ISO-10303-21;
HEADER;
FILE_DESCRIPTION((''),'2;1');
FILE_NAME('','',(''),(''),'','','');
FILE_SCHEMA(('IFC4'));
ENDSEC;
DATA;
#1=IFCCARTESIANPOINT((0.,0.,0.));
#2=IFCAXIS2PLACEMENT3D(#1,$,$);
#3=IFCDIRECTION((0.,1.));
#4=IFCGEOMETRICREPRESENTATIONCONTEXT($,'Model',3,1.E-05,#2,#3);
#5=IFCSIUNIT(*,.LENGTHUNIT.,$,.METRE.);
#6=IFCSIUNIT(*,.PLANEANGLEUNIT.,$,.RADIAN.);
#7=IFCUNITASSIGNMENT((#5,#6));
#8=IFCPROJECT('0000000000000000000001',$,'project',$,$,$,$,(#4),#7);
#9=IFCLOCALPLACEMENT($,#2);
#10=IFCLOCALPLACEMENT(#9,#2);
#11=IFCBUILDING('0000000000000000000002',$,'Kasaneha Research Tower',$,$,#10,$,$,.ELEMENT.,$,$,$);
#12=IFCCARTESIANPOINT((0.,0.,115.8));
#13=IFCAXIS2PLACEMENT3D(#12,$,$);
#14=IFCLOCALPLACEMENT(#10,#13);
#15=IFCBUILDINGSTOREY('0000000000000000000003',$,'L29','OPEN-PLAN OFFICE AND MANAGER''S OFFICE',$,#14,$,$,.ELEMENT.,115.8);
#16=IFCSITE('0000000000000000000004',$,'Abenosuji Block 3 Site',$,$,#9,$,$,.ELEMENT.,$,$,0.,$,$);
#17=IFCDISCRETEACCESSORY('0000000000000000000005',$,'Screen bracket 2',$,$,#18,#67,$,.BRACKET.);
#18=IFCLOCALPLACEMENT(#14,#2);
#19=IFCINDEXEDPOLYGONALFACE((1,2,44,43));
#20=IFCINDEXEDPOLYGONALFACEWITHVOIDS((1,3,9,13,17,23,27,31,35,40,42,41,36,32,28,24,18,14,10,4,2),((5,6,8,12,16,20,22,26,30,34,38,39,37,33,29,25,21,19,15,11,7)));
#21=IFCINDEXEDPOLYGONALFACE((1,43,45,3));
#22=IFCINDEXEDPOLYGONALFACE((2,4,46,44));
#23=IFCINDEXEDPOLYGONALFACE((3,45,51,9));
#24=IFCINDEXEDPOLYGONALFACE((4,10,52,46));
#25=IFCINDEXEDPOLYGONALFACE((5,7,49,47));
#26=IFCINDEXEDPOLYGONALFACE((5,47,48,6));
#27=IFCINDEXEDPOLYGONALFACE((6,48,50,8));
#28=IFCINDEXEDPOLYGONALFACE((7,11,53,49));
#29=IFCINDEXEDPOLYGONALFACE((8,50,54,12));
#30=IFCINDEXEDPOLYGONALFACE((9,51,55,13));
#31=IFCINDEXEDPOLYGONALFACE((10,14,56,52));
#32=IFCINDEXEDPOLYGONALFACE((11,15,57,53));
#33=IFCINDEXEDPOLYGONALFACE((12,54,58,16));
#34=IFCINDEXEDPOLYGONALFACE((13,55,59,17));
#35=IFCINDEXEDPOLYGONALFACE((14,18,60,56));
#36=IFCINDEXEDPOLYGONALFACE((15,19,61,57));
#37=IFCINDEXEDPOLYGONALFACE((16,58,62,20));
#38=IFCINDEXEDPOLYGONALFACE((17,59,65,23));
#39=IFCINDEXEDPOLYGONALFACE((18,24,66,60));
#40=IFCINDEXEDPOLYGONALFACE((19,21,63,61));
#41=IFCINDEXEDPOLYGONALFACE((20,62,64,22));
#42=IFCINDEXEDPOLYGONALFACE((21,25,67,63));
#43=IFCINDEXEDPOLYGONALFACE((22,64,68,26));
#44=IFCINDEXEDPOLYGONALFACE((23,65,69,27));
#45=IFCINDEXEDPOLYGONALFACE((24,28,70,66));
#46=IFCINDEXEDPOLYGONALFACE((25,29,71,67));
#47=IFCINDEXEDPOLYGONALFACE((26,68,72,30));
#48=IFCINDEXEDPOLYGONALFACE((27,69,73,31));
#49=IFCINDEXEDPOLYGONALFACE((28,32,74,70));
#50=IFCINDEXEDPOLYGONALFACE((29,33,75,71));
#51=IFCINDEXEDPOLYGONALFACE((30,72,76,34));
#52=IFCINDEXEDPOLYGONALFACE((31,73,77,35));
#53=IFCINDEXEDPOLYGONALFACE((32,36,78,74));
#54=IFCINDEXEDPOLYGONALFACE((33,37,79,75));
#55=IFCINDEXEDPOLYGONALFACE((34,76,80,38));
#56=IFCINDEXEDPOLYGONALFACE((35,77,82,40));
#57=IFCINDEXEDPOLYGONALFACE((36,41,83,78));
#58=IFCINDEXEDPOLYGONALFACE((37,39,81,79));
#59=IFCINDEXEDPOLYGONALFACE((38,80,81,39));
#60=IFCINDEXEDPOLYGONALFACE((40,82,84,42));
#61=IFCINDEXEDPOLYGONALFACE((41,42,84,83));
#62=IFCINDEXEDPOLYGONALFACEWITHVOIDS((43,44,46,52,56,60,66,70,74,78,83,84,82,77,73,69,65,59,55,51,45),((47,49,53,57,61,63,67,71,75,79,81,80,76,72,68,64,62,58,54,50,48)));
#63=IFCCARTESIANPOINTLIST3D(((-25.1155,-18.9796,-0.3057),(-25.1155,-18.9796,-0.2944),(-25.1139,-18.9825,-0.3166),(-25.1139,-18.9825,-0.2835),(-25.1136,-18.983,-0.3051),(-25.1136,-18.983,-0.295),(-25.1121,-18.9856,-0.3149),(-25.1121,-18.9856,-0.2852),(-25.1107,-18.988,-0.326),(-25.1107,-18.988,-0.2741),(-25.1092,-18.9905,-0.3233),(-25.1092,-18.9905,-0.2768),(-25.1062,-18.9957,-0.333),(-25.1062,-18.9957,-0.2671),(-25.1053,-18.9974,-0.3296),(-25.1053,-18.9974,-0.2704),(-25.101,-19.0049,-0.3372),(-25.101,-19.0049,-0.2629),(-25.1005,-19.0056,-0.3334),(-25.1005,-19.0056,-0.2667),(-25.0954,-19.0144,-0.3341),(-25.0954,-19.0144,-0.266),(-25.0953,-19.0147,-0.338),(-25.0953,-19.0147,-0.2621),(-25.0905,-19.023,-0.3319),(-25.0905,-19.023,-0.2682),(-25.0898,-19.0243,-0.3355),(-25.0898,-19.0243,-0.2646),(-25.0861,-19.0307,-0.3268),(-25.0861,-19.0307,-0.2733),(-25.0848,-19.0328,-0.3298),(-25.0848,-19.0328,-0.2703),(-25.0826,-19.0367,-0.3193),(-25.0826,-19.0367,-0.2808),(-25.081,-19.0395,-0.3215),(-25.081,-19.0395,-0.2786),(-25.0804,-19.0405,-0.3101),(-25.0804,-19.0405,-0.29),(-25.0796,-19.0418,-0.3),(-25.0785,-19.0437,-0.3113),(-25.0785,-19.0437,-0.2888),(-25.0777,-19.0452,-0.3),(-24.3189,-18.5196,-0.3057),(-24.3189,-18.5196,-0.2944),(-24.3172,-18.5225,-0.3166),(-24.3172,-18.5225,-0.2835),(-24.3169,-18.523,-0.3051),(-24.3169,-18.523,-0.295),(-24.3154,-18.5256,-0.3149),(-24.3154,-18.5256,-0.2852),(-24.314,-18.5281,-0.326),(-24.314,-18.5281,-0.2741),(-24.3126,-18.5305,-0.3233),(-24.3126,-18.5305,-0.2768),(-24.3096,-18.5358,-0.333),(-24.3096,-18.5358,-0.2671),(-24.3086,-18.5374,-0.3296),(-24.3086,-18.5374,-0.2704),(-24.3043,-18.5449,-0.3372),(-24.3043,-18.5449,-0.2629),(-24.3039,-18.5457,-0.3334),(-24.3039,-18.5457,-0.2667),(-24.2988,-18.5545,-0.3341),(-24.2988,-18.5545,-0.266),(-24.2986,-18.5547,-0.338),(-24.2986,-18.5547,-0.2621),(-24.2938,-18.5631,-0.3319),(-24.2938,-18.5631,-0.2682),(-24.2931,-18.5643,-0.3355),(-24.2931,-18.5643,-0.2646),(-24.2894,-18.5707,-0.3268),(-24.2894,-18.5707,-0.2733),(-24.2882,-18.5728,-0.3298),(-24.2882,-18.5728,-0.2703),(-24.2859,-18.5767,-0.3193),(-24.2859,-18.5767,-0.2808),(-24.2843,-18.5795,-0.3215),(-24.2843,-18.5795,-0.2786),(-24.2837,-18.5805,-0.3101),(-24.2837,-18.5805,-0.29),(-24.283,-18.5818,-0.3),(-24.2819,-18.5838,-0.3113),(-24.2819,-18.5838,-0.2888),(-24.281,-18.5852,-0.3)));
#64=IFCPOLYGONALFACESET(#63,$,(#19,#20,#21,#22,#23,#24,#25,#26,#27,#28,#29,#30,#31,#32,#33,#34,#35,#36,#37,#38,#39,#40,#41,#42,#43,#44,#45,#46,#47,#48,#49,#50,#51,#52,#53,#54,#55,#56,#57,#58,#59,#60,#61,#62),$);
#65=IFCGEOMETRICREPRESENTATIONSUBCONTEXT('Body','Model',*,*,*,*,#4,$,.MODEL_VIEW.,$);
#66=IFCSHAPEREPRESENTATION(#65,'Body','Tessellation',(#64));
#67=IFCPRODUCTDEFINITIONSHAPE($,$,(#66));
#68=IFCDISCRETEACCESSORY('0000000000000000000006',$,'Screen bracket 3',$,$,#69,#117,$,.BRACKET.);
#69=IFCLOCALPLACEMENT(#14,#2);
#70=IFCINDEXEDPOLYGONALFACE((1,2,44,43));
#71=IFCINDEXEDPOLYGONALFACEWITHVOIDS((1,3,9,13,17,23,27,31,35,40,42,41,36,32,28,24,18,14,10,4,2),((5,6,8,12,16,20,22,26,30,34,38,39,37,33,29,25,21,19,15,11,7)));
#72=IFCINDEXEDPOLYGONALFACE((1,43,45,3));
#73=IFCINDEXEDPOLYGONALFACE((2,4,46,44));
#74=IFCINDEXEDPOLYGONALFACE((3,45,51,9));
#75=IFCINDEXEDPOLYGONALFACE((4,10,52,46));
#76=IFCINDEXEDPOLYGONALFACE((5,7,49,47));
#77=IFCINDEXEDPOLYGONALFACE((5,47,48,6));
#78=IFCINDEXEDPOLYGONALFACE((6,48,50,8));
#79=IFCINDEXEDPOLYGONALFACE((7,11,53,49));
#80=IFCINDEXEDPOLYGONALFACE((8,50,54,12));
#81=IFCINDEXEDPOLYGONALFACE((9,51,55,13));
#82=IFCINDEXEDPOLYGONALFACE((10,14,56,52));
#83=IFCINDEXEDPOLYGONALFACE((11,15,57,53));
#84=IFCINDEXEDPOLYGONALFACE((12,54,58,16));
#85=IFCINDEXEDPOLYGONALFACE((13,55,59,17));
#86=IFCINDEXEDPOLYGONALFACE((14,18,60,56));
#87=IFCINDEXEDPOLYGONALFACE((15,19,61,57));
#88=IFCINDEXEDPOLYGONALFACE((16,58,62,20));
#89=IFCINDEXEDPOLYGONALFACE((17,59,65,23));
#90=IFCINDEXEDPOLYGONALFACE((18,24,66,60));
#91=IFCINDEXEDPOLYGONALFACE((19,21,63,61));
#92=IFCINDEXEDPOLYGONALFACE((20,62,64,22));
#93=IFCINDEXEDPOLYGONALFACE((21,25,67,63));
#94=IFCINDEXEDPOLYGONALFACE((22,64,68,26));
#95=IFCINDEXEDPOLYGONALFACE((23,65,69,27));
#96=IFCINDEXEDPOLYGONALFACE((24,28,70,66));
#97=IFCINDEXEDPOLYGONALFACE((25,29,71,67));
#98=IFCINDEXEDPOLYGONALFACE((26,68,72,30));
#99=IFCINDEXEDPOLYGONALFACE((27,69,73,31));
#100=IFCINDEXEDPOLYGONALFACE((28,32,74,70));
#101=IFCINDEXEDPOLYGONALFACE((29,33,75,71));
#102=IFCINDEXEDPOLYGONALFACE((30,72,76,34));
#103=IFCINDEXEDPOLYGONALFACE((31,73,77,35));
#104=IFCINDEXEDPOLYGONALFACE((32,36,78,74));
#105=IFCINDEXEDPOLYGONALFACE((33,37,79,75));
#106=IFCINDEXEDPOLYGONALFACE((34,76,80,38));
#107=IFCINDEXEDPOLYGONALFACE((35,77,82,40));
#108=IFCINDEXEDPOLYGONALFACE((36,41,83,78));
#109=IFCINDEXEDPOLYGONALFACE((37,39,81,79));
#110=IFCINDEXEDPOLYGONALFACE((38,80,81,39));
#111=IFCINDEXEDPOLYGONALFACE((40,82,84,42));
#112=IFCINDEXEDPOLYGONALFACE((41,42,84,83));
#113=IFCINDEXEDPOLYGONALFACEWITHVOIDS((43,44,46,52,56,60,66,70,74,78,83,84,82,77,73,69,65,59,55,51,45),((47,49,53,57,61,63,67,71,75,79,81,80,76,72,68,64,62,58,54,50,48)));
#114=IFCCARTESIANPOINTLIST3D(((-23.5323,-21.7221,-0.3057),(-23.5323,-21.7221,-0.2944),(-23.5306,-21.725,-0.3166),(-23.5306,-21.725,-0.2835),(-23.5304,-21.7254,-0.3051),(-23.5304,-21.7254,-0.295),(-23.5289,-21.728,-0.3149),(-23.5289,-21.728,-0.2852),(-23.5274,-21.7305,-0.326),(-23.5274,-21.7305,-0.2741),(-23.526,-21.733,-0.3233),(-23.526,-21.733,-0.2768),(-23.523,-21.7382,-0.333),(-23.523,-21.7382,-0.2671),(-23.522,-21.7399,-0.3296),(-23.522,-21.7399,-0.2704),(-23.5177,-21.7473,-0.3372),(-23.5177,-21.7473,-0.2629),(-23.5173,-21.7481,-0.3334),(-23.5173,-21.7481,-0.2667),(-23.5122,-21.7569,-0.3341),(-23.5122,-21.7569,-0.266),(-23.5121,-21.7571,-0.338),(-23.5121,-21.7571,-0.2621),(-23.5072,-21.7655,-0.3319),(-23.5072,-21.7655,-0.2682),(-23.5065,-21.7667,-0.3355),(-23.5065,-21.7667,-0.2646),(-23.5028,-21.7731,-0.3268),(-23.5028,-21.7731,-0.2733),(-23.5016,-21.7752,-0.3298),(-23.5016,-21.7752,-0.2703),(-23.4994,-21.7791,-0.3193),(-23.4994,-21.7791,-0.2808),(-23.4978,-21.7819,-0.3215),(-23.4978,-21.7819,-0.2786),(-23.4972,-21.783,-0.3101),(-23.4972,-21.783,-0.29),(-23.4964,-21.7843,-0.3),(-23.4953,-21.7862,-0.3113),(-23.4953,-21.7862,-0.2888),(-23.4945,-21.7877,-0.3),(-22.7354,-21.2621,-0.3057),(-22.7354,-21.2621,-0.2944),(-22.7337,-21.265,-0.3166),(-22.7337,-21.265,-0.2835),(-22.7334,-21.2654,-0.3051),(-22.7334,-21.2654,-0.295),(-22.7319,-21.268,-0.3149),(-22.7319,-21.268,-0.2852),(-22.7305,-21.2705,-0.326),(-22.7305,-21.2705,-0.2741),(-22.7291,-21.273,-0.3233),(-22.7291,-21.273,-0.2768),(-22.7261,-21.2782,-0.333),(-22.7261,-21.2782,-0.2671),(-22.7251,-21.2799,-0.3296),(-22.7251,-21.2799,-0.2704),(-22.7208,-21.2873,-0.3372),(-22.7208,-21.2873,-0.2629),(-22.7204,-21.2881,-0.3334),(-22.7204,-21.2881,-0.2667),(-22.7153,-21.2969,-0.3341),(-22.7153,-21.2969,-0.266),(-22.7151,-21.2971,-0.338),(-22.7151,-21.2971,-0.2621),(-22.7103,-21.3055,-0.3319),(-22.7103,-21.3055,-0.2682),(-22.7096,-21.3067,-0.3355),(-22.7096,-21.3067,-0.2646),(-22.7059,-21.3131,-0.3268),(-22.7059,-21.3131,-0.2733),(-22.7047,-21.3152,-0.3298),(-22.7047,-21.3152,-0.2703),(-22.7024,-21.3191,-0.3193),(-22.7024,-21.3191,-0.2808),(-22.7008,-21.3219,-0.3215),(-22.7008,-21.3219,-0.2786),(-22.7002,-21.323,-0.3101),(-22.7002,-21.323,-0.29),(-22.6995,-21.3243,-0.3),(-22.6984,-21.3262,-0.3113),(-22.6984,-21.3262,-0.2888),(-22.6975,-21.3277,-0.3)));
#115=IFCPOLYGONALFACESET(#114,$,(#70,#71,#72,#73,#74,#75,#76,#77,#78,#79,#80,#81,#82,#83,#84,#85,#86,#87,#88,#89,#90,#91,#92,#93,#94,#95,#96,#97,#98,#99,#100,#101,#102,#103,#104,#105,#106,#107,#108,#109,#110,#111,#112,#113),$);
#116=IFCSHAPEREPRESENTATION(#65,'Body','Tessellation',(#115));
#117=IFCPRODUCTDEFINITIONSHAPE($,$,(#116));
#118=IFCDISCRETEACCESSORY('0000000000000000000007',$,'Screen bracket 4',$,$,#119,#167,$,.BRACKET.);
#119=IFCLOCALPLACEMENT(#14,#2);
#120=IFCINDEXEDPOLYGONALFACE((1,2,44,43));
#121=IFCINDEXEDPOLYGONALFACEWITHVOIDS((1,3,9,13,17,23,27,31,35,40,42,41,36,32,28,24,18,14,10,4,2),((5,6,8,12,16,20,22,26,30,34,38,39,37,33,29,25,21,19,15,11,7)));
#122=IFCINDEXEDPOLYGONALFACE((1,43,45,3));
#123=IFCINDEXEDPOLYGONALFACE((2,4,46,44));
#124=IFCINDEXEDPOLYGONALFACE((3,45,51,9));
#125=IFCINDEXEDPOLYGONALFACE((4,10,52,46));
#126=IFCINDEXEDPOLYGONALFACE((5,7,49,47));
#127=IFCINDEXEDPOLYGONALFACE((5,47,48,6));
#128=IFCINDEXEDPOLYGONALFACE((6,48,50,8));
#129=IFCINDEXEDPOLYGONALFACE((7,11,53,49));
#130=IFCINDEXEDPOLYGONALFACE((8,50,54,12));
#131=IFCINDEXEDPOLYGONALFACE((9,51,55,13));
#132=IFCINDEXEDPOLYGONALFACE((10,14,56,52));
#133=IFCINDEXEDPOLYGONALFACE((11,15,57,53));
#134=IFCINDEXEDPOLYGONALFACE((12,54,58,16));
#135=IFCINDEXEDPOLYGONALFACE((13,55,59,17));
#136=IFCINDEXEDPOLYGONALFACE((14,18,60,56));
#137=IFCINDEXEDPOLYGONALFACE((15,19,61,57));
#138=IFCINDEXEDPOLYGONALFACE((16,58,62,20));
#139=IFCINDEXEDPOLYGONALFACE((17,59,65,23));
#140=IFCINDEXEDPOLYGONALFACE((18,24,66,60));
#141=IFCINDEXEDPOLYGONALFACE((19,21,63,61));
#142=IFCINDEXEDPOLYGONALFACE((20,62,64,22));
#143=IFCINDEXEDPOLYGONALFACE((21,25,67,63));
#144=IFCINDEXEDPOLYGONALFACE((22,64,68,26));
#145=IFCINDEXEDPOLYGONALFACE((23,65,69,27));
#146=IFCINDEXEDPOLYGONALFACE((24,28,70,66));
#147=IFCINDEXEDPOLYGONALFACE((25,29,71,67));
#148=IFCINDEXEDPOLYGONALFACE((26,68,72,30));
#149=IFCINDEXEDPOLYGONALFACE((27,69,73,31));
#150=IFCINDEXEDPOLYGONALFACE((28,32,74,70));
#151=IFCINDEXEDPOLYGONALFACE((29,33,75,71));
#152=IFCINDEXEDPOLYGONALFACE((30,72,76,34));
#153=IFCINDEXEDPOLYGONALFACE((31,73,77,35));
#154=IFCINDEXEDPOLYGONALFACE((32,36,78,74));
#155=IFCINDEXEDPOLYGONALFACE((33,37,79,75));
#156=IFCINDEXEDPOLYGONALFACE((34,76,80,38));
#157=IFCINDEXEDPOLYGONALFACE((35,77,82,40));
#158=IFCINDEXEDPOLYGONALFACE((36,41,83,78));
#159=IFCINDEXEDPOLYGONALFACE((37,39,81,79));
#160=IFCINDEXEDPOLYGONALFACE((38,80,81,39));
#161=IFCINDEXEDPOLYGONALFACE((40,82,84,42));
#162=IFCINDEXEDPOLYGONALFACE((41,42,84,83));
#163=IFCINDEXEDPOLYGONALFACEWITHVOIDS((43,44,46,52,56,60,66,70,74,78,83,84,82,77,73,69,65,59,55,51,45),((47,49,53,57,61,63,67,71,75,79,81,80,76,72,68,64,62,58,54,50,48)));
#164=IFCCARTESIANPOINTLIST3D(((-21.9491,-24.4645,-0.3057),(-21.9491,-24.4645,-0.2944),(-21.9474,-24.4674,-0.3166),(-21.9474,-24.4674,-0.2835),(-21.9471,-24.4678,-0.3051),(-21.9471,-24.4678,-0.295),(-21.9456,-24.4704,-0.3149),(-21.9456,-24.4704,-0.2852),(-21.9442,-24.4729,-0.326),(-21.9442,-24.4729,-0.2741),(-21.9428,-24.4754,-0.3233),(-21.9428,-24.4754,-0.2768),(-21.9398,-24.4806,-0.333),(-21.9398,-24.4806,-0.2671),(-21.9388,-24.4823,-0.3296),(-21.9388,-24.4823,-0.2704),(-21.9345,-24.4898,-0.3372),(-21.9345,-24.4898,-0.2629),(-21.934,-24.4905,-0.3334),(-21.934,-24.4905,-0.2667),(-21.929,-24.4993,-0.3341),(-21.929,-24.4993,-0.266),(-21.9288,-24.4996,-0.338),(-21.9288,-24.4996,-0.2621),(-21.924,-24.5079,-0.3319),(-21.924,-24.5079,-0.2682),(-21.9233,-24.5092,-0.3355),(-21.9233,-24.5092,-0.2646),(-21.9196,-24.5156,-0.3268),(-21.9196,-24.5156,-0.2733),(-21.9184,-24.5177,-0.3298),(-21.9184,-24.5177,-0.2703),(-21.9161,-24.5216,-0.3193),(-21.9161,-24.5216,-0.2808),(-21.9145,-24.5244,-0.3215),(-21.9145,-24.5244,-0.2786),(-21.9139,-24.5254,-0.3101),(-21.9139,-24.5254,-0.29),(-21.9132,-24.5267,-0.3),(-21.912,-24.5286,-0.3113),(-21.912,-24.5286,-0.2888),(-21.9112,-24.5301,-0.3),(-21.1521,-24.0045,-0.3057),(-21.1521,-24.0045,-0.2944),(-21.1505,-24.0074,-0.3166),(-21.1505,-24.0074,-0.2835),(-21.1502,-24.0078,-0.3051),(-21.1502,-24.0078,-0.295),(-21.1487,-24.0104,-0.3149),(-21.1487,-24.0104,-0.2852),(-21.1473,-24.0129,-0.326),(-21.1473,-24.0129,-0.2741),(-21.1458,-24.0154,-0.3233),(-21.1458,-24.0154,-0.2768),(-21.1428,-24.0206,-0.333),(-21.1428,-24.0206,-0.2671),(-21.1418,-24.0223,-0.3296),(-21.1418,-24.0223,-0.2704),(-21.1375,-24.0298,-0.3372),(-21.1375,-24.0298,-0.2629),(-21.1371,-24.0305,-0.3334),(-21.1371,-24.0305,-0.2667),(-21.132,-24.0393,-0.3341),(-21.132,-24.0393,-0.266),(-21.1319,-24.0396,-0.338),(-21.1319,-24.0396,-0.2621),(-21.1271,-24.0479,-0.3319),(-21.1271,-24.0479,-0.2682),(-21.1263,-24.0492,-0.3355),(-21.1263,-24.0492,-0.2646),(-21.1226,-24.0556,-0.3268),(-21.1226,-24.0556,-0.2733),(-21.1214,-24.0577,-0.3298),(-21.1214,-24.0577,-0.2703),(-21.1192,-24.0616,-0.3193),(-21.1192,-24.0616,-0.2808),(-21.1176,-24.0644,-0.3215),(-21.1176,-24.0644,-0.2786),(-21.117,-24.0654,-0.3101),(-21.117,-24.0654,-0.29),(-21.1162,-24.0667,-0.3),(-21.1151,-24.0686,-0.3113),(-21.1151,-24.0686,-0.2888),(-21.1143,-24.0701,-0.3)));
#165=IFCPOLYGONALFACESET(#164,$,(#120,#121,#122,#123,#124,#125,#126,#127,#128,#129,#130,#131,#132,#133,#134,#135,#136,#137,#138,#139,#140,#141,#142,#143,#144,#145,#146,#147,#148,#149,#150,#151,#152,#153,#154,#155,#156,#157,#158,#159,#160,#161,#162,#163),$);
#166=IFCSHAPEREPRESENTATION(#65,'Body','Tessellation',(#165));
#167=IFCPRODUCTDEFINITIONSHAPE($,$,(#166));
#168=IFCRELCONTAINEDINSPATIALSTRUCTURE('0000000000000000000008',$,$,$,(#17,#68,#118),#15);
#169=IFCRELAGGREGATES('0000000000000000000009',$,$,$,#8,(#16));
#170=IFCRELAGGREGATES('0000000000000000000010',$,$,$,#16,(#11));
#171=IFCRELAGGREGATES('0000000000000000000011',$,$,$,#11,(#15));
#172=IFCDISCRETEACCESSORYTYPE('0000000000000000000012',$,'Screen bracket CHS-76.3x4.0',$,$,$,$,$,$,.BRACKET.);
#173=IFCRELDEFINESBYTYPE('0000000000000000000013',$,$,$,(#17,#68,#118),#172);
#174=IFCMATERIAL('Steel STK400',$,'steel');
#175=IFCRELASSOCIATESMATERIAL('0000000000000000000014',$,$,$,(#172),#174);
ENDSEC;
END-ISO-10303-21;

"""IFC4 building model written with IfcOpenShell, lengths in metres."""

from ifc_helpers import new_model, si_unit, direction, frame, origin, origin_2d, place, context, subcontext, project, spatial, hollow_circle, extrude, material, material_profile, profile_set, type_object, element, save


model = new_model("IFC4")

# Units and contexts
model_context = context("Model", 3, precision=1e-05, world=origin(), true_north=direction((0.0, 1.0)))
body_context = subcontext(model_context, "Body", "Model", "MODEL_VIEW")
ifc_project = project(units=[si_unit("LENGTHUNIT", "METRE"), si_unit("PLANEANGLEUNIT", "RADIAN")], contexts=[model_context])

# Site, building, storey
site_placement = place(None, origin())
site = spatial("IfcSite", under=ifc_project, at=site_placement, Name="Abenosuji Block 3 Site", CompositionType="ELEMENT", RefElevation=0.0)
building_placement = place(site_placement, origin())
building = spatial("IfcBuilding", under=site, at=building_placement, Name="Kasaneha Research Tower", CompositionType="ELEMENT")
storey_placement = place(building_placement, frame((0.0, 0.0, 115.8)))
storey = spatial("IfcBuildingStorey", under=building, at=storey_placement, Name="L29", Description="OPEN-PLAN OFFICE AND MANAGER'S OFFICE", CompositionType="ELEMENT", Elevation=115.8)

# Discrete accessories
ifc_material_1 = material(Name="Steel STK400", Category="steel")
ifc_material_profile_1 = material_profile(ifc_material_1, hollow_circle(Radius=0.0381, WallThickness=0.0039, at=origin_2d()), Name="CHS-76.3x4.0")
ifc_profile_set_1 = profile_set([ifc_material_profile_1], Name="Steel STK400")
discrete_accessory_type = type_object("IfcDiscreteAccessoryType", Name="Screen bracket CHS-76.3x4.0", PredefinedType="BRACKET", material=ifc_profile_set_1)
discrete_accessory_placement = place(storey_placement, frame((-24.3, -18.5522, -0.3), z_axis=(-0.866013, -0.500021, 0.0), x_axis=(0.500021, -0.866013, 0.0)))
element("IfcDiscreteAccessory", 1, at=discrete_accessory_placement, inside=storey, type_object=discrete_accessory_type, Name="Screen bracket 2", PredefinedType="BRACKET", context=body_context, shape_type="SweptSolid", body=[
    extrude(hollow_circle(Radius=0.0381, WallThickness=0.0039, at=origin_2d()), origin(), (0.0, 0.0, 1.0), 0.9199),
])
for number, where, z_axis, x_axis, name in (
    (2, (-22.7166, -21.2947, -0.3), (-0.86608, -0.499906, 0.0), (0.499906, -0.86608, 0.0), "Screen bracket 3"),
    (3, (-21.1333, -24.0371, -0.3), (-0.86608, -0.499906, 0.0), (0.499906, -0.86608, 0.0), "Screen bracket 4"),
):
    element("IfcDiscreteAccessory", number, at=place(storey_placement, frame(where, z_axis=z_axis, x_axis=x_axis)), inside=storey, type_object=discrete_accessory_type, Name=name, PredefinedType="BRACKET", context=body_context, shape_type="SweptSolid", body=[
        extrude(hollow_circle(Radius=0.0381, WallThickness=0.0039, at=origin_2d()), origin(), (0.0, 0.0, 1.0), 0.9202),
    ])

save(model, "model.ifc")
